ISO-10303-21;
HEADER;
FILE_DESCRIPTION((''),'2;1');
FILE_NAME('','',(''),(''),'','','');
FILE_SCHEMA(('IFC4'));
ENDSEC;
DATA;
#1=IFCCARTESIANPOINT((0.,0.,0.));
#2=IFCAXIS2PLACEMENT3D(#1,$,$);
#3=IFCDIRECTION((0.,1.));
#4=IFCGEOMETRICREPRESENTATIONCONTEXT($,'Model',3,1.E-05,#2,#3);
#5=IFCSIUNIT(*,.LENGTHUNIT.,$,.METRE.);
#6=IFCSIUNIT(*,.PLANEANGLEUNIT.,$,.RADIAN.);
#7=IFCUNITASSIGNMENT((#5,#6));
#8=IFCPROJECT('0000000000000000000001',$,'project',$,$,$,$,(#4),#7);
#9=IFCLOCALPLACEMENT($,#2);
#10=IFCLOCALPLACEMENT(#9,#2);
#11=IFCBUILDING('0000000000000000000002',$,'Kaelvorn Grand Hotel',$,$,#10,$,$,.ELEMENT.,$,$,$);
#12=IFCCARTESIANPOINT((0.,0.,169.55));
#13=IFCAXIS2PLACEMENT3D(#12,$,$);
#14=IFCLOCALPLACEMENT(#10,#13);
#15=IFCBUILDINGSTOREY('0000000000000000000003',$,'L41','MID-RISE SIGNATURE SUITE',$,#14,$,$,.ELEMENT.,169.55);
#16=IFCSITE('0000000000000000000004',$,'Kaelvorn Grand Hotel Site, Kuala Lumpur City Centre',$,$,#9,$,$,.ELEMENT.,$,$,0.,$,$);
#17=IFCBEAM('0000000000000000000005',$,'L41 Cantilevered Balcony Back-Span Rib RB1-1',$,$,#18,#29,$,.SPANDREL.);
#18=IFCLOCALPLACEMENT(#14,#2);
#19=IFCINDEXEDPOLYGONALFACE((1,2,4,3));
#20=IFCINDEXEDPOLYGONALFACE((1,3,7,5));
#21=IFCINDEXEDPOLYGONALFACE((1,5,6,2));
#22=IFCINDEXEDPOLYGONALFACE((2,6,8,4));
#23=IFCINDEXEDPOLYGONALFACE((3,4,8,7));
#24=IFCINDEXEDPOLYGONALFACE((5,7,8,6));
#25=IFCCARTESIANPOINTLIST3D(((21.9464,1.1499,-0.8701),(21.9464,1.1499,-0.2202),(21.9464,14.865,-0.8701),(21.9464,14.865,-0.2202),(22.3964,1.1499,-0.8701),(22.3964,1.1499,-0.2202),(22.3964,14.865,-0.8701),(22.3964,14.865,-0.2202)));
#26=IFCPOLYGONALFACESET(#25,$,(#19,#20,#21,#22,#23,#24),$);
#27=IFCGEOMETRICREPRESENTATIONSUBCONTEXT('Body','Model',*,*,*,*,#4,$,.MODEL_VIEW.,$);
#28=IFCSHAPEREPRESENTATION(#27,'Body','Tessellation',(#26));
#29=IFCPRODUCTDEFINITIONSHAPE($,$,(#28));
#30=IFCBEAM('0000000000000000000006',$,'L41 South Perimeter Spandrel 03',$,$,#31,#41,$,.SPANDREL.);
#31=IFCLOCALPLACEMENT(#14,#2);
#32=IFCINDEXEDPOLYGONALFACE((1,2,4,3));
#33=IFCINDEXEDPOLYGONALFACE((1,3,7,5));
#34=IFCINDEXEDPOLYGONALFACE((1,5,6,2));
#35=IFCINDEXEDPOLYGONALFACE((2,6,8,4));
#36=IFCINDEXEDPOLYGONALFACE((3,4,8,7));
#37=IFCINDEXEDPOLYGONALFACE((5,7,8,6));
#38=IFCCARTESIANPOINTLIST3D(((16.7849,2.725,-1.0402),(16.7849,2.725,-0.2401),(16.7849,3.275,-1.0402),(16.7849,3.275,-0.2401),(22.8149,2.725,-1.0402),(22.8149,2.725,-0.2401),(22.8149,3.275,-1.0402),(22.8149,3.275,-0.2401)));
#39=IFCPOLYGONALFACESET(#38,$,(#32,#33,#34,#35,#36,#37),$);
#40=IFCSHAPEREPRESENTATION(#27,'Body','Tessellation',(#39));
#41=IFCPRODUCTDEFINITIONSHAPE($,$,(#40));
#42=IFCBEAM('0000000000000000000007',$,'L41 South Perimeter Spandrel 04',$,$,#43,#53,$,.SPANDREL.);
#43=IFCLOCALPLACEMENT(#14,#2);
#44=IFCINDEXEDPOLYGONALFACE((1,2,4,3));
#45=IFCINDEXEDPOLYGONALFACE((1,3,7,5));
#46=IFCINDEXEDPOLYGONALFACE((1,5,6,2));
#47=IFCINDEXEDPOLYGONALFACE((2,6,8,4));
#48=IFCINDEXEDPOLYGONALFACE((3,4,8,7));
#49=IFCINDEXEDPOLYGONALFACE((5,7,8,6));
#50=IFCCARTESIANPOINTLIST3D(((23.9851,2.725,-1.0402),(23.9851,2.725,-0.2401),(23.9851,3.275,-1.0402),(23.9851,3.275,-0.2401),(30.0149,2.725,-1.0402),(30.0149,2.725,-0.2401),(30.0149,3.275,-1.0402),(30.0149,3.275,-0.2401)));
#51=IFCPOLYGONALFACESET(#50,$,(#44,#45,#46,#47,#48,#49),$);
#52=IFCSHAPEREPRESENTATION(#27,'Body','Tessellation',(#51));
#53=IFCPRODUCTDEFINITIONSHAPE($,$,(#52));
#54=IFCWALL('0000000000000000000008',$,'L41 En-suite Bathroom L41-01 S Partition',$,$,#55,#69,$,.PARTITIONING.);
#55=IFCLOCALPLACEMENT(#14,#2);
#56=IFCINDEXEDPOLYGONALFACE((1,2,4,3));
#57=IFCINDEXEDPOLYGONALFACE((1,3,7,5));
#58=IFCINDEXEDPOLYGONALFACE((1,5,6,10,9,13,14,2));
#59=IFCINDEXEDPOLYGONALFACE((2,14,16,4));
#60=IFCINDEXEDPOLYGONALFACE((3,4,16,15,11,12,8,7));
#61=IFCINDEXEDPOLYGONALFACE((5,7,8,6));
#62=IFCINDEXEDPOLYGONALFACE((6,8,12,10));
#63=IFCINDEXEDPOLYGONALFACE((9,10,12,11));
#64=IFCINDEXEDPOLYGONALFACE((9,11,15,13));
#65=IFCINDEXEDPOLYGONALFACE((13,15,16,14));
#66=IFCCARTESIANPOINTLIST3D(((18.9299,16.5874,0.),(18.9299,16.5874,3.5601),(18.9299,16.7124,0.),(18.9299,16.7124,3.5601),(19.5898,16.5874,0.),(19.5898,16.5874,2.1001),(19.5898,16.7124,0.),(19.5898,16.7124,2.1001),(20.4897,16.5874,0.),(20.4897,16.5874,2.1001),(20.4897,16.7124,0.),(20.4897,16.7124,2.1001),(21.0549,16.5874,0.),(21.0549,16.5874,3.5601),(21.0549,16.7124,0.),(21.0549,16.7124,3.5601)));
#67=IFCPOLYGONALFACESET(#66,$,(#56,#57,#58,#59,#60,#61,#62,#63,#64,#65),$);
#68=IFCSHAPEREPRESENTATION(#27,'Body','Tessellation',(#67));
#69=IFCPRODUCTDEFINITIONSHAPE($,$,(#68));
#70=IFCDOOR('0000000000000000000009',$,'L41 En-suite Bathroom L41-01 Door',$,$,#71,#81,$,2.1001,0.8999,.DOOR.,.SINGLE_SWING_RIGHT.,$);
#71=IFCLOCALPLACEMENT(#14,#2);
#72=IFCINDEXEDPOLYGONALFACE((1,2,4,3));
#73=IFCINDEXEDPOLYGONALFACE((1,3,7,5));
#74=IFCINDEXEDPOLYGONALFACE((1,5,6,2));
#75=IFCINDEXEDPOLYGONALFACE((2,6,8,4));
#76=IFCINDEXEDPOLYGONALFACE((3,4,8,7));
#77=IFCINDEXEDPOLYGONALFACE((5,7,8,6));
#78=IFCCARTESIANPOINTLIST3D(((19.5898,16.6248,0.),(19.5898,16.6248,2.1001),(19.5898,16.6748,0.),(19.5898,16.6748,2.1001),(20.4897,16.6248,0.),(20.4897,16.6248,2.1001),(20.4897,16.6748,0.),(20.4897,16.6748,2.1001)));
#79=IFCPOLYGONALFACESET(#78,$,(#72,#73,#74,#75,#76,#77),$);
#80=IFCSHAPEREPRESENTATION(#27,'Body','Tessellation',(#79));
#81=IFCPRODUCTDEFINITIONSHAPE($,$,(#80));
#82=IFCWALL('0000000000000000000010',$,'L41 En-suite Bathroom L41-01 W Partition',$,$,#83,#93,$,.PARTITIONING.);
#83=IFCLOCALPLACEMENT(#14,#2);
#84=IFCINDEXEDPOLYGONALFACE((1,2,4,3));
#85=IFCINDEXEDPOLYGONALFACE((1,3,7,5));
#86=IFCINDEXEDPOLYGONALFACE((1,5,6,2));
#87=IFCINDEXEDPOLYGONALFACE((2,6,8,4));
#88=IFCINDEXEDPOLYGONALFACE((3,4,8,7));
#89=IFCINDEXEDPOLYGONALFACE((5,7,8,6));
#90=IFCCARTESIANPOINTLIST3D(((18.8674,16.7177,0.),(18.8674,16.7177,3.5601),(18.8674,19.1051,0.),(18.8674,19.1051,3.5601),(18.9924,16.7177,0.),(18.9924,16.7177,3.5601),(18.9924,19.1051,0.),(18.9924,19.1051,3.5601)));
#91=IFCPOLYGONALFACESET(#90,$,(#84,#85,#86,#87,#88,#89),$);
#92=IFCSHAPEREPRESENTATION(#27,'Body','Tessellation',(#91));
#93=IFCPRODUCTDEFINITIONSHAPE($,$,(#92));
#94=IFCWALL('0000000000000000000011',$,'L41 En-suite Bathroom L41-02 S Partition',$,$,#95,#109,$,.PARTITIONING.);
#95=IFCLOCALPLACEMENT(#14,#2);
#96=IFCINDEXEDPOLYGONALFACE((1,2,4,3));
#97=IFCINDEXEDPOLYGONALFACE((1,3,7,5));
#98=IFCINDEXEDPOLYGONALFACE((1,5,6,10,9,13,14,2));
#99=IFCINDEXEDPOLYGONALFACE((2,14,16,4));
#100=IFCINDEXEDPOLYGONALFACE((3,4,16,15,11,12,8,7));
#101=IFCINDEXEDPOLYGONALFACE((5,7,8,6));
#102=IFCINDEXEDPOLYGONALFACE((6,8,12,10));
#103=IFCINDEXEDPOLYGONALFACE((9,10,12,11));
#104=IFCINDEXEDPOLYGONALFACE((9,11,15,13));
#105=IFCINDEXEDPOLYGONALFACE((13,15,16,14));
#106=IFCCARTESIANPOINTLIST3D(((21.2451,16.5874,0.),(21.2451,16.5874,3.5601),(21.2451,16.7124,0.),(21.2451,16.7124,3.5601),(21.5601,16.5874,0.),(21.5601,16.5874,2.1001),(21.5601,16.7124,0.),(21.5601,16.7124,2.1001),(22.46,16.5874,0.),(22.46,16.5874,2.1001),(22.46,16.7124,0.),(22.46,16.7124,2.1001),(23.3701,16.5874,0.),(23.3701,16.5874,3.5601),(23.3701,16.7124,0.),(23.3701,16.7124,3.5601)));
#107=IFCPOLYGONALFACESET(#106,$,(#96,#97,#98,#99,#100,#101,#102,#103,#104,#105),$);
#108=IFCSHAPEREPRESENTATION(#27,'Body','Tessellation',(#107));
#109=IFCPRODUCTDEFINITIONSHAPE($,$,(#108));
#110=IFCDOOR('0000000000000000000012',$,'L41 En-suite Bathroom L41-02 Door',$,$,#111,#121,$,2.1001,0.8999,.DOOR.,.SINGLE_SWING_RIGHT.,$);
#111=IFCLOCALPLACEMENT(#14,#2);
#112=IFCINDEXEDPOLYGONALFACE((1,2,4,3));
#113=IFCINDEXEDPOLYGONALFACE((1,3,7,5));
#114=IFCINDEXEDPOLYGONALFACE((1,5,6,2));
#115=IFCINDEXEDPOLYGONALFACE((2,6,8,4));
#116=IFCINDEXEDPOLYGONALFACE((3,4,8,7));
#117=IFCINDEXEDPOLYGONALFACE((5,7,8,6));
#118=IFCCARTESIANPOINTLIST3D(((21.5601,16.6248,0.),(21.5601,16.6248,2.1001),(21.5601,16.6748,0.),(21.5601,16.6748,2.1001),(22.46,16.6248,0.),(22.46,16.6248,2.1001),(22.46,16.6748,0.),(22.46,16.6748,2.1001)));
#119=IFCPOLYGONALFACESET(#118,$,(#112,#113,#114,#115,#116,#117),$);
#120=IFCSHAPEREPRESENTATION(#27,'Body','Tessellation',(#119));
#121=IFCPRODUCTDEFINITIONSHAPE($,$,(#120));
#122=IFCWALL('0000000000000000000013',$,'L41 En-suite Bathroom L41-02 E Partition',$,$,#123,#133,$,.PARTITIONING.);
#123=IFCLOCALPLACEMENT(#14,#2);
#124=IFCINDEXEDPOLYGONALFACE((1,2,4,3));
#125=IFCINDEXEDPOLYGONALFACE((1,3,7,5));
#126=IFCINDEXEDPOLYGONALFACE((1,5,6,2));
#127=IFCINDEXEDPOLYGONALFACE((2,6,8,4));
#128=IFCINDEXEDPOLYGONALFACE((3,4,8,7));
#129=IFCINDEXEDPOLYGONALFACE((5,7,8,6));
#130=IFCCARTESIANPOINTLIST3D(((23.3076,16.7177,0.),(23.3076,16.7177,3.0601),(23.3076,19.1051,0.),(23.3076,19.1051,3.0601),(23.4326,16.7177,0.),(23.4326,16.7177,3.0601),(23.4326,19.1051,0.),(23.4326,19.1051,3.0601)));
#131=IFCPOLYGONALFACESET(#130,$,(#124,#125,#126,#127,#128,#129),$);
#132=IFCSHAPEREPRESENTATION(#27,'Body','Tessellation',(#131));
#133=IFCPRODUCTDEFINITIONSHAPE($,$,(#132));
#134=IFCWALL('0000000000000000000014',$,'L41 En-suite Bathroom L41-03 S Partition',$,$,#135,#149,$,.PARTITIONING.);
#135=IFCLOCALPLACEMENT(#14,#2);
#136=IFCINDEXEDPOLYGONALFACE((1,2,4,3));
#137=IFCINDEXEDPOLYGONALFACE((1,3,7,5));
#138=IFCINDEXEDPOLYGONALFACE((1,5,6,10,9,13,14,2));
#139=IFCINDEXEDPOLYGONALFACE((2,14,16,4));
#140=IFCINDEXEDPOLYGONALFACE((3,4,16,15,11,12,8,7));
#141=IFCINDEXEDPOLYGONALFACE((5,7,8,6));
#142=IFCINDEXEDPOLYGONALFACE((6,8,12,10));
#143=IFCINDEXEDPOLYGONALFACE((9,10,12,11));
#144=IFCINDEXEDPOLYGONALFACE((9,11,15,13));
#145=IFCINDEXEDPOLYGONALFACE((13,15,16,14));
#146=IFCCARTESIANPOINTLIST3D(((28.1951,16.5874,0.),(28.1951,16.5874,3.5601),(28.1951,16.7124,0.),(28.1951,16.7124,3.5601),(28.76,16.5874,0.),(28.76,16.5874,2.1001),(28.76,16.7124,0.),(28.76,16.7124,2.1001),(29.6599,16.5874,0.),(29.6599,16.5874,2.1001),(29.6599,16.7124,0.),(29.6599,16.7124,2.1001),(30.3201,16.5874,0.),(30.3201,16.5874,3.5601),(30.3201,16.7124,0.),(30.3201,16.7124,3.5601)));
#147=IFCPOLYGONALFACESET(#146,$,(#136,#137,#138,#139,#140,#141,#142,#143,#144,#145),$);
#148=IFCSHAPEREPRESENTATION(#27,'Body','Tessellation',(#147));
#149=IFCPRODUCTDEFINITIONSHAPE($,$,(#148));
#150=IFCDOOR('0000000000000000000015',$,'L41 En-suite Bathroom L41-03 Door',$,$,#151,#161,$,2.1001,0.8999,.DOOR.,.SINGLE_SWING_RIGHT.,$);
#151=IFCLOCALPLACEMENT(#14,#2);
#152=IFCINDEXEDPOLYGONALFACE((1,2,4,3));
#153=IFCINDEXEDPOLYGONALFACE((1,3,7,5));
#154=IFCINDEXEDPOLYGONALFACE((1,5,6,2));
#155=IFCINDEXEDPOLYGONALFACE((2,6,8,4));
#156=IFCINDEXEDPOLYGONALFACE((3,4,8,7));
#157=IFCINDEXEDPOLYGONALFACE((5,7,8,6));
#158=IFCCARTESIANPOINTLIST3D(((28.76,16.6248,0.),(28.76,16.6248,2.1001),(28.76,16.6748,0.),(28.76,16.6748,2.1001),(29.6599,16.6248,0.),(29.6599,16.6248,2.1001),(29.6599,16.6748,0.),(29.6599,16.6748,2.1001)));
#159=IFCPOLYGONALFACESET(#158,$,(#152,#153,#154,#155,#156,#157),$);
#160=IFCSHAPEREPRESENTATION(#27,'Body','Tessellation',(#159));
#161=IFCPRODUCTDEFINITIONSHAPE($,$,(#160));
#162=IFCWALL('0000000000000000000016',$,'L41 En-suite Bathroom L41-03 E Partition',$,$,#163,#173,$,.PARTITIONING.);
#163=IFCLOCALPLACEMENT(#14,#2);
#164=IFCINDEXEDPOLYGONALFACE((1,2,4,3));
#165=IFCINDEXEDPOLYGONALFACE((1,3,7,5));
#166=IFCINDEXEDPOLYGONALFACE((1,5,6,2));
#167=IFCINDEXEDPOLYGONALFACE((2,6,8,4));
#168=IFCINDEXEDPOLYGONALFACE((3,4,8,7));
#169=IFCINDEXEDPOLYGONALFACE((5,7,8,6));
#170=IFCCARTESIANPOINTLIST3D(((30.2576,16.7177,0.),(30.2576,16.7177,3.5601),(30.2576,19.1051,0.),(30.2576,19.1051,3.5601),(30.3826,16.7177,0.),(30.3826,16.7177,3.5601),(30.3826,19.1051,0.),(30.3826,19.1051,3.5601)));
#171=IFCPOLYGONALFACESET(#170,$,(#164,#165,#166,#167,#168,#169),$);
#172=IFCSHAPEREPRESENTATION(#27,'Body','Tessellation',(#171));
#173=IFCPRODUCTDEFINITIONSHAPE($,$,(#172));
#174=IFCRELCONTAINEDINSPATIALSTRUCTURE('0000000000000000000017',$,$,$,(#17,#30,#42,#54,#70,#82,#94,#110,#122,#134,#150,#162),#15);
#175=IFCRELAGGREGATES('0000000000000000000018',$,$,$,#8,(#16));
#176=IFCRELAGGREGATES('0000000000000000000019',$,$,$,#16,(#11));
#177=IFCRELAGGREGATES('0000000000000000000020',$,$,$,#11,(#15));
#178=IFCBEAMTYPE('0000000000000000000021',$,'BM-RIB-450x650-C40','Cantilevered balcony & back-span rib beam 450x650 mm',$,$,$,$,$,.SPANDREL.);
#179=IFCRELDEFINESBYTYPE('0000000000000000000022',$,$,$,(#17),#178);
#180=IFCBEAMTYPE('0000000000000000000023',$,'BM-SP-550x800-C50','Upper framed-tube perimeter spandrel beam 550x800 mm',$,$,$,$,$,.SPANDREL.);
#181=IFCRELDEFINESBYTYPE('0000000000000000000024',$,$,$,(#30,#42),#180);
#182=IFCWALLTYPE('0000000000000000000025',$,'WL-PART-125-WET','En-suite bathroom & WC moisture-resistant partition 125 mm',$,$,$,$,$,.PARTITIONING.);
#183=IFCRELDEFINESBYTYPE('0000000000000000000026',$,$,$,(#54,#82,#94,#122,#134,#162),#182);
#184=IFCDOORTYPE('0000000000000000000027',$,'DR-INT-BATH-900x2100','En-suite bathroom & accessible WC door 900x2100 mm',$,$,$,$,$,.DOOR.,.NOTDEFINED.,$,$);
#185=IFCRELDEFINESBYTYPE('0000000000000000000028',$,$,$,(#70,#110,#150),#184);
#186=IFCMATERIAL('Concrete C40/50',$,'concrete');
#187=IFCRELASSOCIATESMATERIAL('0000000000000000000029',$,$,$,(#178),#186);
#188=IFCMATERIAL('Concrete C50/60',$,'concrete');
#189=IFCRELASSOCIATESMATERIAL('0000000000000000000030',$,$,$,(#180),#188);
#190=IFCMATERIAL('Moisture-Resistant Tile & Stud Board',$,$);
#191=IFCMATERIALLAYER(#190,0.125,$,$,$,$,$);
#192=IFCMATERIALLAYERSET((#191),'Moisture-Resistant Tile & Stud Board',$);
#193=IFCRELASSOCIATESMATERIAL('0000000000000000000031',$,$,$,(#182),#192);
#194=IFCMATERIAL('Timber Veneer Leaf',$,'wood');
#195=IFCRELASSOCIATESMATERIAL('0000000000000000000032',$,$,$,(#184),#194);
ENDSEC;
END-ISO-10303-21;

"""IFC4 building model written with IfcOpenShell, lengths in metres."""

from ifc_helpers import new_model, si_unit, direction, frame, frame_2d, origin, origin_2d, place, context, subcontext, project, spatial, rectangle, extrude, material, layer, layer_set, material_profile, profile_set, type_object, element, fill, save


model = new_model("IFC4")

# Units and contexts
model_context = context("Model", 3, precision=1e-05, world=origin(), true_north=direction((0.0, 1.0)))
body_context = subcontext(model_context, "Body", "Model", "MODEL_VIEW")
ifc_project = project(units=[si_unit("LENGTHUNIT", "METRE"), si_unit("PLANEANGLEUNIT", "RADIAN")], contexts=[model_context])

# Site, building, storey
site_placement = place(None, origin())
site = spatial("IfcSite", under=ifc_project, at=site_placement, Name="Kaelvorn Grand Hotel Site, Kuala Lumpur City Centre", CompositionType="ELEMENT", RefElevation=0.0)
building_placement = place(site_placement, origin())
building = spatial("IfcBuilding", under=site, at=building_placement, Name="Kaelvorn Grand Hotel", CompositionType="ELEMENT")
storey_placement = place(building_placement, frame((0.0, 0.0, 169.55)))
storey = spatial("IfcBuildingStorey", under=building, at=storey_placement, Name="L41", Description="MID-RISE SIGNATURE SUITE", CompositionType="ELEMENT", Elevation=169.55)

# Beams
ifc_material_1 = material(Name="Concrete C40/50", Category="concrete")
ifc_material_profile_1 = material_profile(ifc_material_1, rectangle(XDim=0.45, YDim=0.6499, at=origin_2d()), Name="RC RIB 450x650")
ifc_profile_set_1 = profile_set([ifc_material_profile_1], Name="Concrete C40/50")
beam_type_1 = type_object("IfcBeamType", Name="BM-RIB-450x650-C40", Description="Cantilevered balcony & back-span rib beam 450x650 mm", PredefinedType="SPANDREL", material=ifc_profile_set_1)
beam_1_placement = place(storey_placement, frame((22.1714, 1.1499, -0.5452), z_axis=(0.0, 1.0, 0.0), x_axis=(-1.0, 0.0, 0.0)))
element("IfcBeam", 1, at=beam_1_placement, inside=storey, type_object=beam_type_1, Name="L41 Cantilevered Balcony Back-Span Rib RB1-1", PredefinedType="SPANDREL", context=body_context, shape_type="SweptSolid", body=[
    extrude(rectangle(XDim=0.45, YDim=0.6499, at=origin_2d()), origin(), (0.0, 0.0, 1.0), 13.7151),
])
ifc_material_2 = material(Name="Concrete C50/60", Category="concrete")
ifc_material_profile_2 = material_profile(ifc_material_2, rectangle(XDim=0.55, YDim=0.8, at=origin_2d()), Name="RC SPANDREL 550x800")
ifc_profile_set_2 = profile_set([ifc_material_profile_2], Name="Concrete C50/60")
beam_type_2 = type_object("IfcBeamType", Name="BM-SP-550x800-C50", Description="Upper framed-tube perimeter spandrel beam 550x800 mm", PredefinedType="SPANDREL", material=ifc_profile_set_2)
beam_2_placement = place(storey_placement, frame((16.7849, 3.0, -0.6401), z_axis=(1.0, 0.0, 0.0), x_axis=(0.0, 1.0, 0.0)))
element("IfcBeam", 2, at=beam_2_placement, inside=storey, type_object=beam_type_2, Name="L41 South Perimeter Spandrel 03", PredefinedType="SPANDREL", context=body_context, shape_type="SweptSolid", body=[
    extrude(rectangle(XDim=0.55, YDim=0.8, at=origin_2d()), origin(), (0.0, 0.0, 1.0), 6.03),
])
beam_3_placement = place(storey_placement, frame((23.9851, 3.0, -0.6401), z_axis=(1.0, 0.0, 0.0), x_axis=(0.0, 1.0, 0.0)))
element("IfcBeam", 3, at=beam_3_placement, inside=storey, type_object=beam_type_2, Name="L41 South Perimeter Spandrel 04", PredefinedType="SPANDREL", context=body_context, shape_type="SweptSolid", body=[
    extrude(rectangle(XDim=0.55, YDim=0.8, at=origin_2d()), origin(), (0.0, 0.0, 1.0), 6.0298),
])

# Wall, opening, door
ifc_material_3 = material(Name="Moisture-Resistant Tile & Stud Board")
ifc_layer_1 = layer(ifc_material_3, 0.125)
ifc_layer_set_1 = layer_set([ifc_layer_1], Name="Moisture-Resistant Tile & Stud Board")
wall_type_1 = type_object("IfcWallType", Name="WL-PART-125-WET", Description="En-suite bathroom & WC moisture-resistant partition 125 mm", PredefinedType="PARTITIONING", material=ifc_layer_set_1)
wall_1_placement = place(storey_placement, frame((18.9299, 16.6499, 0.0), z_axis=(0.0, 0.0, 1.0), x_axis=(1.0, 0.0, 0.0)))
wall_1 = element("IfcWall", 4, at=wall_1_placement, inside=storey, type_object=wall_type_1, Name="L41 En-suite Bathroom L41-01 S Partition", PredefinedType="PARTITIONING", context=body_context, shape_type="SweptSolid", body=[
    extrude(rectangle(XDim=2.125, YDim=0.125, at=frame_2d((1.0625, 0.0))), origin(), (0.0, 0.0, 1.0), 3.5601),
])
opening_1_placement = place(wall_1_placement, frame((0.6599, 0.0, 0.0)))
opening_1 = element("IfcOpeningElement", 5, at=opening_1_placement, cuts=wall_1, PredefinedType="OPENING", context=body_context, shape_type="SweptSolid", body=[
    extrude(rectangle(XDim=0.8999, YDim=2.1001, at=frame_2d((0.45, 1.05))), frame((0.0, 0.0725, 0.0), z_axis=(0.0, -1.0, 0.0), x_axis=(1.0, 0.0, 0.0)), (0.0, 0.0, 1.0), 0.145),
])
ifc_material_4 = material(Name="Timber Veneer Leaf", Category="wood")
door_type_1 = type_object("IfcDoorType", Name="DR-INT-BATH-900x2100", Description="En-suite bathroom & accessible WC door 900x2100 mm", OperationType="NOTDEFINED", PredefinedType="DOOR", material=ifc_material_4)
door_1_placement = place(opening_1_placement, origin())
door_1 = element("IfcDoor", 6, at=door_1_placement, inside=storey, type_object=door_type_1, Name="L41 En-suite Bathroom L41-01 Door", OperationType="SINGLE_SWING_RIGHT", OverallHeight=2.1001, OverallWidth=0.8999, PredefinedType="DOOR", context=body_context, shape_type="SweptSolid", body=[
    extrude(rectangle(XDim=0.8999, YDim=2.1001, at=frame_2d((0.45, 1.05))), frame((0.0, 0.0249, 0.0), z_axis=(0.0, -1.0, 0.0), x_axis=(1.0, 0.0, 0.0)), (0.0, 0.0, 1.0), 0.05),
])
fill(opening_1, door_1)

# Wall
wall_2_placement = place(storey_placement, frame((18.9299, 16.7175, 0.0), z_axis=(0.0, 0.0, 1.0), x_axis=(0.0, 1.0, 0.0)))
element("IfcWall", 7, at=wall_2_placement, inside=storey, type_object=wall_type_1, Name="L41 En-suite Bathroom L41-01 W Partition", PredefinedType="PARTITIONING", context=body_context, shape_type="SweptSolid", body=[
    extrude(rectangle(XDim=2.3875, YDim=0.125, at=frame_2d((1.1938, 0.0))), origin(), (0.0, 0.0, 1.0), 3.5601),
])

# Wall, opening, door
wall_3_placement = place(storey_placement, frame((21.2451, 16.6499, 0.0), z_axis=(0.0, 0.0, 1.0), x_axis=(1.0, 0.0, 0.0)))
wall_3 = element("IfcWall", 8, at=wall_3_placement, inside=storey, type_object=wall_type_1, Name="L41 En-suite Bathroom L41-02 S Partition", PredefinedType="PARTITIONING", context=body_context, shape_type="SweptSolid", body=[
    extrude(rectangle(XDim=2.125, YDim=0.125, at=frame_2d((1.0625, 0.0))), origin(), (0.0, 0.0, 1.0), 3.5601),
])
opening_2_placement = place(wall_3_placement, frame((0.3149, 0.0, 0.0)))
opening_2 = element("IfcOpeningElement", 9, at=opening_2_placement, cuts=wall_3, PredefinedType="OPENING", context=body_context, shape_type="SweptSolid", body=[
    extrude(rectangle(XDim=0.8999, YDim=2.1001, at=frame_2d((0.45, 1.05))), frame((0.0, 0.0725, 0.0), z_axis=(0.0, -1.0, 0.0), x_axis=(1.0, 0.0, 0.0)), (0.0, 0.0, 1.0), 0.145),
])
door_2_placement = place(opening_2_placement, origin())
door_2 = element("IfcDoor", 10, at=door_2_placement, inside=storey, type_object=door_type_1, Name="L41 En-suite Bathroom L41-02 Door", OperationType="SINGLE_SWING_RIGHT", OverallHeight=2.1001, OverallWidth=0.8999, PredefinedType="DOOR", context=body_context, shape_type="SweptSolid", body=[
    extrude(rectangle(XDim=0.8999, YDim=2.1001, at=frame_2d((0.45, 1.05))), frame((0.0, 0.0249, 0.0), z_axis=(0.0, -1.0, 0.0), x_axis=(1.0, 0.0, 0.0)), (0.0, 0.0, 1.0), 0.05),
])
fill(opening_2, door_2)

# Wall
wall_4_placement = place(storey_placement, frame((23.3701, 16.7175, 0.0), z_axis=(0.0, 0.0, 1.0), x_axis=(0.0, 1.0, 0.0)))
element("IfcWall", 11, at=wall_4_placement, inside=storey, type_object=wall_type_1, Name="L41 En-suite Bathroom L41-02 E Partition", PredefinedType="PARTITIONING", context=body_context, shape_type="SweptSolid", body=[
    extrude(rectangle(XDim=2.3875, YDim=0.125, at=frame_2d((1.1938, 0.0))), origin(), (0.0, 0.0, 1.0), 3.0601),
])

# Wall, opening, door
wall_5_placement = place(storey_placement, frame((28.1951, 16.6499, 0.0), z_axis=(0.0, 0.0, 1.0), x_axis=(1.0, 0.0, 0.0)))
wall_5 = element("IfcWall", 12, at=wall_5_placement, inside=storey, type_object=wall_type_1, Name="L41 En-suite Bathroom L41-03 S Partition", PredefinedType="PARTITIONING", context=body_context, shape_type="SweptSolid", body=[
    extrude(rectangle(XDim=2.125, YDim=0.125, at=frame_2d((1.0625, 0.0))), origin(), (0.0, 0.0, 1.0), 3.5601),
])
opening_3_placement = place(wall_5_placement, frame((0.5649, 0.0, 0.0)))
opening_3 = element("IfcOpeningElement", 13, at=opening_3_placement, cuts=wall_5, PredefinedType="OPENING", context=body_context, shape_type="SweptSolid", body=[
    extrude(rectangle(XDim=0.8999, YDim=2.1001, at=frame_2d((0.45, 1.05))), frame((0.0, 0.0725, 0.0), z_axis=(0.0, -1.0, 0.0), x_axis=(1.0, 0.0, 0.0)), (0.0, 0.0, 1.0), 0.145),
])
door_3_placement = place(opening_3_placement, origin())
door_3 = element("IfcDoor", 14, at=door_3_placement, inside=storey, type_object=door_type_1, Name="L41 En-suite Bathroom L41-03 Door", OperationType="SINGLE_SWING_RIGHT", OverallHeight=2.1001, OverallWidth=0.8999, PredefinedType="DOOR", context=body_context, shape_type="SweptSolid", body=[
    extrude(rectangle(XDim=0.8999, YDim=2.1001, at=frame_2d((0.45, 1.05))), frame((0.0, 0.0249, 0.0), z_axis=(0.0, -1.0, 0.0), x_axis=(1.0, 0.0, 0.0)), (0.0, 0.0, 1.0), 0.05),
])
fill(opening_3, door_3)

# Wall
wall_6_placement = place(storey_placement, frame((30.3201, 16.7175, 0.0), z_axis=(0.0, 0.0, 1.0), x_axis=(0.0, 1.0, 0.0)))
element("IfcWall", 15, at=wall_6_placement, inside=storey, type_object=wall_type_1, Name="L41 En-suite Bathroom L41-03 E Partition", PredefinedType="PARTITIONING", context=body_context, shape_type="SweptSolid", body=[
    extrude(rectangle(XDim=2.3875, YDim=0.125, at=frame_2d((1.1938, 0.0))), origin(), (0.0, 0.0, 1.0), 3.5601),
])

save(model, "model.ifc")
